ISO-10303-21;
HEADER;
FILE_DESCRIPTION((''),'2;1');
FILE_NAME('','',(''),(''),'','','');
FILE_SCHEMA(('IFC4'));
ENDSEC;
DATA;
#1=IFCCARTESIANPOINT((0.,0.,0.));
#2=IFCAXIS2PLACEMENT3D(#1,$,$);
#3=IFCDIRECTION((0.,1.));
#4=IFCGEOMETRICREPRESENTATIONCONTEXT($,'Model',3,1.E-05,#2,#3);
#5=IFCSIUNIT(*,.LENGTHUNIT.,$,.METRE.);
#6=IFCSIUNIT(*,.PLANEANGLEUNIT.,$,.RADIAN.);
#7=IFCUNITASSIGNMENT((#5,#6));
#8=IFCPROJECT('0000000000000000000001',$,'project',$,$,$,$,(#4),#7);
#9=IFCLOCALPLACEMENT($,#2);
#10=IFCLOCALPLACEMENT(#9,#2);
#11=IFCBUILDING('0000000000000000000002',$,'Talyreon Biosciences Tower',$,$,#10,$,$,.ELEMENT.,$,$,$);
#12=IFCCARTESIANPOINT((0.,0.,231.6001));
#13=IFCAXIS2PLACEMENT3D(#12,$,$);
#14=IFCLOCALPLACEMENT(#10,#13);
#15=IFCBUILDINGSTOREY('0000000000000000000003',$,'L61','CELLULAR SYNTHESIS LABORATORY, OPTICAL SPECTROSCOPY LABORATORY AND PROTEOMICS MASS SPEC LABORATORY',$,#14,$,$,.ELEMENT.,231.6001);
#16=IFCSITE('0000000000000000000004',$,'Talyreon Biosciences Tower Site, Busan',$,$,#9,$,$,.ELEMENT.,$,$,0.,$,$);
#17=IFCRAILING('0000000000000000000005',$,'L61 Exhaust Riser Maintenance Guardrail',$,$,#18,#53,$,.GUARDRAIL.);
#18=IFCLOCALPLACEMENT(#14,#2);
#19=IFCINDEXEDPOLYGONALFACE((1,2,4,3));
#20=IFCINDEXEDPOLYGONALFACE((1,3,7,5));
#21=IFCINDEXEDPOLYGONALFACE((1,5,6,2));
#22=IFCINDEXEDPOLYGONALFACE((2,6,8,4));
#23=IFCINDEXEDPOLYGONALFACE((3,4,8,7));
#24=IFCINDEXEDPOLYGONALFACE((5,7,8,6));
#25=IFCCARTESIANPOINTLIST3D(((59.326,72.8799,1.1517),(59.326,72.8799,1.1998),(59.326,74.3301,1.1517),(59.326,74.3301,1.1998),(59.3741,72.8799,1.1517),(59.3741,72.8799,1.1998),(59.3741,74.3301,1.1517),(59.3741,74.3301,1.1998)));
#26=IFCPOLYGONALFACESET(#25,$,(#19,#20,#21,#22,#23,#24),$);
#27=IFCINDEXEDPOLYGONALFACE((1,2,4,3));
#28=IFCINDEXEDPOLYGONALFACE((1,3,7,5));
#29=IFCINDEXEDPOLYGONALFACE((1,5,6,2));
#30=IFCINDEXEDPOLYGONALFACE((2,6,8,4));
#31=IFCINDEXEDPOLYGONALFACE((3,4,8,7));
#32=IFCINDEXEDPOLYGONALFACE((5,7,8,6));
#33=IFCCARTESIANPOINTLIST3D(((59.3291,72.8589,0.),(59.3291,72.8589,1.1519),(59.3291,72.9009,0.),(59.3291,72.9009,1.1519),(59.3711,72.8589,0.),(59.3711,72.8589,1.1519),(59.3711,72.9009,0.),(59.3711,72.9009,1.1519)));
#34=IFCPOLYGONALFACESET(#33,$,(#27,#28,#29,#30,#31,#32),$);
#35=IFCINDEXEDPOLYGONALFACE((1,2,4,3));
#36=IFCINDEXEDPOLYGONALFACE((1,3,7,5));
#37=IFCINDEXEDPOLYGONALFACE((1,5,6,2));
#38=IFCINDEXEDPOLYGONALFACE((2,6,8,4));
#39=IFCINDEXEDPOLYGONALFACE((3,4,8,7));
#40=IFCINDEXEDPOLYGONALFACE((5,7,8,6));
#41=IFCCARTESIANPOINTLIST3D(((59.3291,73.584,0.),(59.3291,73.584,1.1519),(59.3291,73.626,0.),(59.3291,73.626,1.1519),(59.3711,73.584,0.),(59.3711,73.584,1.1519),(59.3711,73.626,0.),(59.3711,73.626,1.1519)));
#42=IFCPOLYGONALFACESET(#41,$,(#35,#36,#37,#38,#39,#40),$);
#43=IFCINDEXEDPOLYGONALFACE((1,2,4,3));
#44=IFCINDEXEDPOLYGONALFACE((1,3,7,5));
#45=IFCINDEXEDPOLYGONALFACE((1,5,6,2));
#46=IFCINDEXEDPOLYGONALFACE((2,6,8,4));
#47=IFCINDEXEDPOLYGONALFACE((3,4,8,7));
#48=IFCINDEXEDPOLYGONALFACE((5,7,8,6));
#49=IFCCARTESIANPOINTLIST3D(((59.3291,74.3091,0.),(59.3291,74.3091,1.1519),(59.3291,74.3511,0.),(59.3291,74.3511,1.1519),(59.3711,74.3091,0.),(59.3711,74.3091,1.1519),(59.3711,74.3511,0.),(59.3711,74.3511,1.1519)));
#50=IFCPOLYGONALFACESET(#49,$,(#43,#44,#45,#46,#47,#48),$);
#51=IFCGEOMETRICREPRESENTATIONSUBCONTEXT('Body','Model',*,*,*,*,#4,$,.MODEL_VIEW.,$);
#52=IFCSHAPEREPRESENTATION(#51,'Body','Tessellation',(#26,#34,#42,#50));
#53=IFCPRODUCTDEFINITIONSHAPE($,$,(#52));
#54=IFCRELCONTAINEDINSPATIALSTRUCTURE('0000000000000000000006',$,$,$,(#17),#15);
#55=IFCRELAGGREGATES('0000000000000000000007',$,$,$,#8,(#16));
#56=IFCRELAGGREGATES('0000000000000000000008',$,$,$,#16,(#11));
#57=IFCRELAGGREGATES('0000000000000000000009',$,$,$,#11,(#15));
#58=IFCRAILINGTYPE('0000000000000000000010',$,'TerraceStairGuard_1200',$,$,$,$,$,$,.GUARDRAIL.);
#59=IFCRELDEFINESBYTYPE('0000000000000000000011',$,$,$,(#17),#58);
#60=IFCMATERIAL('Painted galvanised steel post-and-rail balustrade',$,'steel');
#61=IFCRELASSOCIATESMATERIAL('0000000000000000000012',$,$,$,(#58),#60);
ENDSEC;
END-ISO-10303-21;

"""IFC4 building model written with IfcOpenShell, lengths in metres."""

from ifc_helpers import new_model, si_unit, direction, frame, origin, origin_2d, place, context, subcontext, project, spatial, rectangle, extrude, material, type_object, element, save


model = new_model("IFC4")

# Units and contexts
model_context = context("Model", 3, precision=1e-05, world=origin(), true_north=direction((0.0, 1.0)))
body_context = subcontext(model_context, "Body", "Model", "MODEL_VIEW")
ifc_project = project(units=[si_unit("LENGTHUNIT", "METRE"), si_unit("PLANEANGLEUNIT", "RADIAN")], contexts=[model_context])

# Site, building, storey
site_placement = place(None, origin())
site = spatial("IfcSite", under=ifc_project, at=site_placement, Name="Talyreon Biosciences Tower Site, Busan", CompositionType="ELEMENT", RefElevation=0.0)
building_placement = place(site_placement, origin())
building = spatial("IfcBuilding", under=site, at=building_placement, Name="Talyreon Biosciences Tower", CompositionType="ELEMENT")
storey_placement = place(building_placement, frame((0.0, 0.0, 231.6001)))
storey = spatial("IfcBuildingStorey", under=building, at=storey_placement, Name="L61", Description="CELLULAR SYNTHESIS LABORATORY, OPTICAL SPECTROSCOPY LABORATORY AND PROTEOMICS MASS SPEC LABORATORY", CompositionType="ELEMENT", Elevation=231.6001)

# Railing
ifc_material_1 = material(Name="Painted galvanised steel post-and-rail balustrade", Category="steel")
railing_type = type_object("IfcRailingType", Name="TerraceStairGuard_1200", PredefinedType="GUARDRAIL", material=ifc_material_1)
railing_placement = place(storey_placement, frame((59.3501, 72.8799, 0.0)))
element("IfcRailing", 1, at=railing_placement, inside=storey, type_object=railing_type, Name="L61 Exhaust Riser Maintenance Guardrail", PredefinedType="GUARDRAIL", context=body_context, shape_type="SweptSolid", body=[
    extrude(rectangle(XDim=0.0481, YDim=0.0481, at=origin_2d()), frame((0.0, 0.0, 1.1758), z_axis=(0.0, 1.0, 0.0), x_axis=(-1.0, 0.0, 0.0)), (0.0, 0.0, 1.0), 1.4502),
    extrude(rectangle(XDim=0.042, YDim=0.042, at=origin_2d()), origin(), (0.0, 0.0, 1.0), 1.1519),
    extrude(rectangle(XDim=0.042, YDim=0.042, at=origin_2d()), frame((0.0, 0.7251, 0.0)), (0.0, 0.0, 1.0), 1.1519),
    extrude(rectangle(XDim=0.042, YDim=0.042, at=origin_2d()), frame((0.0, 1.4502, 0.0)), (0.0, 0.0, 1.0), 1.1519),
])

save(model, "model.ifc")
